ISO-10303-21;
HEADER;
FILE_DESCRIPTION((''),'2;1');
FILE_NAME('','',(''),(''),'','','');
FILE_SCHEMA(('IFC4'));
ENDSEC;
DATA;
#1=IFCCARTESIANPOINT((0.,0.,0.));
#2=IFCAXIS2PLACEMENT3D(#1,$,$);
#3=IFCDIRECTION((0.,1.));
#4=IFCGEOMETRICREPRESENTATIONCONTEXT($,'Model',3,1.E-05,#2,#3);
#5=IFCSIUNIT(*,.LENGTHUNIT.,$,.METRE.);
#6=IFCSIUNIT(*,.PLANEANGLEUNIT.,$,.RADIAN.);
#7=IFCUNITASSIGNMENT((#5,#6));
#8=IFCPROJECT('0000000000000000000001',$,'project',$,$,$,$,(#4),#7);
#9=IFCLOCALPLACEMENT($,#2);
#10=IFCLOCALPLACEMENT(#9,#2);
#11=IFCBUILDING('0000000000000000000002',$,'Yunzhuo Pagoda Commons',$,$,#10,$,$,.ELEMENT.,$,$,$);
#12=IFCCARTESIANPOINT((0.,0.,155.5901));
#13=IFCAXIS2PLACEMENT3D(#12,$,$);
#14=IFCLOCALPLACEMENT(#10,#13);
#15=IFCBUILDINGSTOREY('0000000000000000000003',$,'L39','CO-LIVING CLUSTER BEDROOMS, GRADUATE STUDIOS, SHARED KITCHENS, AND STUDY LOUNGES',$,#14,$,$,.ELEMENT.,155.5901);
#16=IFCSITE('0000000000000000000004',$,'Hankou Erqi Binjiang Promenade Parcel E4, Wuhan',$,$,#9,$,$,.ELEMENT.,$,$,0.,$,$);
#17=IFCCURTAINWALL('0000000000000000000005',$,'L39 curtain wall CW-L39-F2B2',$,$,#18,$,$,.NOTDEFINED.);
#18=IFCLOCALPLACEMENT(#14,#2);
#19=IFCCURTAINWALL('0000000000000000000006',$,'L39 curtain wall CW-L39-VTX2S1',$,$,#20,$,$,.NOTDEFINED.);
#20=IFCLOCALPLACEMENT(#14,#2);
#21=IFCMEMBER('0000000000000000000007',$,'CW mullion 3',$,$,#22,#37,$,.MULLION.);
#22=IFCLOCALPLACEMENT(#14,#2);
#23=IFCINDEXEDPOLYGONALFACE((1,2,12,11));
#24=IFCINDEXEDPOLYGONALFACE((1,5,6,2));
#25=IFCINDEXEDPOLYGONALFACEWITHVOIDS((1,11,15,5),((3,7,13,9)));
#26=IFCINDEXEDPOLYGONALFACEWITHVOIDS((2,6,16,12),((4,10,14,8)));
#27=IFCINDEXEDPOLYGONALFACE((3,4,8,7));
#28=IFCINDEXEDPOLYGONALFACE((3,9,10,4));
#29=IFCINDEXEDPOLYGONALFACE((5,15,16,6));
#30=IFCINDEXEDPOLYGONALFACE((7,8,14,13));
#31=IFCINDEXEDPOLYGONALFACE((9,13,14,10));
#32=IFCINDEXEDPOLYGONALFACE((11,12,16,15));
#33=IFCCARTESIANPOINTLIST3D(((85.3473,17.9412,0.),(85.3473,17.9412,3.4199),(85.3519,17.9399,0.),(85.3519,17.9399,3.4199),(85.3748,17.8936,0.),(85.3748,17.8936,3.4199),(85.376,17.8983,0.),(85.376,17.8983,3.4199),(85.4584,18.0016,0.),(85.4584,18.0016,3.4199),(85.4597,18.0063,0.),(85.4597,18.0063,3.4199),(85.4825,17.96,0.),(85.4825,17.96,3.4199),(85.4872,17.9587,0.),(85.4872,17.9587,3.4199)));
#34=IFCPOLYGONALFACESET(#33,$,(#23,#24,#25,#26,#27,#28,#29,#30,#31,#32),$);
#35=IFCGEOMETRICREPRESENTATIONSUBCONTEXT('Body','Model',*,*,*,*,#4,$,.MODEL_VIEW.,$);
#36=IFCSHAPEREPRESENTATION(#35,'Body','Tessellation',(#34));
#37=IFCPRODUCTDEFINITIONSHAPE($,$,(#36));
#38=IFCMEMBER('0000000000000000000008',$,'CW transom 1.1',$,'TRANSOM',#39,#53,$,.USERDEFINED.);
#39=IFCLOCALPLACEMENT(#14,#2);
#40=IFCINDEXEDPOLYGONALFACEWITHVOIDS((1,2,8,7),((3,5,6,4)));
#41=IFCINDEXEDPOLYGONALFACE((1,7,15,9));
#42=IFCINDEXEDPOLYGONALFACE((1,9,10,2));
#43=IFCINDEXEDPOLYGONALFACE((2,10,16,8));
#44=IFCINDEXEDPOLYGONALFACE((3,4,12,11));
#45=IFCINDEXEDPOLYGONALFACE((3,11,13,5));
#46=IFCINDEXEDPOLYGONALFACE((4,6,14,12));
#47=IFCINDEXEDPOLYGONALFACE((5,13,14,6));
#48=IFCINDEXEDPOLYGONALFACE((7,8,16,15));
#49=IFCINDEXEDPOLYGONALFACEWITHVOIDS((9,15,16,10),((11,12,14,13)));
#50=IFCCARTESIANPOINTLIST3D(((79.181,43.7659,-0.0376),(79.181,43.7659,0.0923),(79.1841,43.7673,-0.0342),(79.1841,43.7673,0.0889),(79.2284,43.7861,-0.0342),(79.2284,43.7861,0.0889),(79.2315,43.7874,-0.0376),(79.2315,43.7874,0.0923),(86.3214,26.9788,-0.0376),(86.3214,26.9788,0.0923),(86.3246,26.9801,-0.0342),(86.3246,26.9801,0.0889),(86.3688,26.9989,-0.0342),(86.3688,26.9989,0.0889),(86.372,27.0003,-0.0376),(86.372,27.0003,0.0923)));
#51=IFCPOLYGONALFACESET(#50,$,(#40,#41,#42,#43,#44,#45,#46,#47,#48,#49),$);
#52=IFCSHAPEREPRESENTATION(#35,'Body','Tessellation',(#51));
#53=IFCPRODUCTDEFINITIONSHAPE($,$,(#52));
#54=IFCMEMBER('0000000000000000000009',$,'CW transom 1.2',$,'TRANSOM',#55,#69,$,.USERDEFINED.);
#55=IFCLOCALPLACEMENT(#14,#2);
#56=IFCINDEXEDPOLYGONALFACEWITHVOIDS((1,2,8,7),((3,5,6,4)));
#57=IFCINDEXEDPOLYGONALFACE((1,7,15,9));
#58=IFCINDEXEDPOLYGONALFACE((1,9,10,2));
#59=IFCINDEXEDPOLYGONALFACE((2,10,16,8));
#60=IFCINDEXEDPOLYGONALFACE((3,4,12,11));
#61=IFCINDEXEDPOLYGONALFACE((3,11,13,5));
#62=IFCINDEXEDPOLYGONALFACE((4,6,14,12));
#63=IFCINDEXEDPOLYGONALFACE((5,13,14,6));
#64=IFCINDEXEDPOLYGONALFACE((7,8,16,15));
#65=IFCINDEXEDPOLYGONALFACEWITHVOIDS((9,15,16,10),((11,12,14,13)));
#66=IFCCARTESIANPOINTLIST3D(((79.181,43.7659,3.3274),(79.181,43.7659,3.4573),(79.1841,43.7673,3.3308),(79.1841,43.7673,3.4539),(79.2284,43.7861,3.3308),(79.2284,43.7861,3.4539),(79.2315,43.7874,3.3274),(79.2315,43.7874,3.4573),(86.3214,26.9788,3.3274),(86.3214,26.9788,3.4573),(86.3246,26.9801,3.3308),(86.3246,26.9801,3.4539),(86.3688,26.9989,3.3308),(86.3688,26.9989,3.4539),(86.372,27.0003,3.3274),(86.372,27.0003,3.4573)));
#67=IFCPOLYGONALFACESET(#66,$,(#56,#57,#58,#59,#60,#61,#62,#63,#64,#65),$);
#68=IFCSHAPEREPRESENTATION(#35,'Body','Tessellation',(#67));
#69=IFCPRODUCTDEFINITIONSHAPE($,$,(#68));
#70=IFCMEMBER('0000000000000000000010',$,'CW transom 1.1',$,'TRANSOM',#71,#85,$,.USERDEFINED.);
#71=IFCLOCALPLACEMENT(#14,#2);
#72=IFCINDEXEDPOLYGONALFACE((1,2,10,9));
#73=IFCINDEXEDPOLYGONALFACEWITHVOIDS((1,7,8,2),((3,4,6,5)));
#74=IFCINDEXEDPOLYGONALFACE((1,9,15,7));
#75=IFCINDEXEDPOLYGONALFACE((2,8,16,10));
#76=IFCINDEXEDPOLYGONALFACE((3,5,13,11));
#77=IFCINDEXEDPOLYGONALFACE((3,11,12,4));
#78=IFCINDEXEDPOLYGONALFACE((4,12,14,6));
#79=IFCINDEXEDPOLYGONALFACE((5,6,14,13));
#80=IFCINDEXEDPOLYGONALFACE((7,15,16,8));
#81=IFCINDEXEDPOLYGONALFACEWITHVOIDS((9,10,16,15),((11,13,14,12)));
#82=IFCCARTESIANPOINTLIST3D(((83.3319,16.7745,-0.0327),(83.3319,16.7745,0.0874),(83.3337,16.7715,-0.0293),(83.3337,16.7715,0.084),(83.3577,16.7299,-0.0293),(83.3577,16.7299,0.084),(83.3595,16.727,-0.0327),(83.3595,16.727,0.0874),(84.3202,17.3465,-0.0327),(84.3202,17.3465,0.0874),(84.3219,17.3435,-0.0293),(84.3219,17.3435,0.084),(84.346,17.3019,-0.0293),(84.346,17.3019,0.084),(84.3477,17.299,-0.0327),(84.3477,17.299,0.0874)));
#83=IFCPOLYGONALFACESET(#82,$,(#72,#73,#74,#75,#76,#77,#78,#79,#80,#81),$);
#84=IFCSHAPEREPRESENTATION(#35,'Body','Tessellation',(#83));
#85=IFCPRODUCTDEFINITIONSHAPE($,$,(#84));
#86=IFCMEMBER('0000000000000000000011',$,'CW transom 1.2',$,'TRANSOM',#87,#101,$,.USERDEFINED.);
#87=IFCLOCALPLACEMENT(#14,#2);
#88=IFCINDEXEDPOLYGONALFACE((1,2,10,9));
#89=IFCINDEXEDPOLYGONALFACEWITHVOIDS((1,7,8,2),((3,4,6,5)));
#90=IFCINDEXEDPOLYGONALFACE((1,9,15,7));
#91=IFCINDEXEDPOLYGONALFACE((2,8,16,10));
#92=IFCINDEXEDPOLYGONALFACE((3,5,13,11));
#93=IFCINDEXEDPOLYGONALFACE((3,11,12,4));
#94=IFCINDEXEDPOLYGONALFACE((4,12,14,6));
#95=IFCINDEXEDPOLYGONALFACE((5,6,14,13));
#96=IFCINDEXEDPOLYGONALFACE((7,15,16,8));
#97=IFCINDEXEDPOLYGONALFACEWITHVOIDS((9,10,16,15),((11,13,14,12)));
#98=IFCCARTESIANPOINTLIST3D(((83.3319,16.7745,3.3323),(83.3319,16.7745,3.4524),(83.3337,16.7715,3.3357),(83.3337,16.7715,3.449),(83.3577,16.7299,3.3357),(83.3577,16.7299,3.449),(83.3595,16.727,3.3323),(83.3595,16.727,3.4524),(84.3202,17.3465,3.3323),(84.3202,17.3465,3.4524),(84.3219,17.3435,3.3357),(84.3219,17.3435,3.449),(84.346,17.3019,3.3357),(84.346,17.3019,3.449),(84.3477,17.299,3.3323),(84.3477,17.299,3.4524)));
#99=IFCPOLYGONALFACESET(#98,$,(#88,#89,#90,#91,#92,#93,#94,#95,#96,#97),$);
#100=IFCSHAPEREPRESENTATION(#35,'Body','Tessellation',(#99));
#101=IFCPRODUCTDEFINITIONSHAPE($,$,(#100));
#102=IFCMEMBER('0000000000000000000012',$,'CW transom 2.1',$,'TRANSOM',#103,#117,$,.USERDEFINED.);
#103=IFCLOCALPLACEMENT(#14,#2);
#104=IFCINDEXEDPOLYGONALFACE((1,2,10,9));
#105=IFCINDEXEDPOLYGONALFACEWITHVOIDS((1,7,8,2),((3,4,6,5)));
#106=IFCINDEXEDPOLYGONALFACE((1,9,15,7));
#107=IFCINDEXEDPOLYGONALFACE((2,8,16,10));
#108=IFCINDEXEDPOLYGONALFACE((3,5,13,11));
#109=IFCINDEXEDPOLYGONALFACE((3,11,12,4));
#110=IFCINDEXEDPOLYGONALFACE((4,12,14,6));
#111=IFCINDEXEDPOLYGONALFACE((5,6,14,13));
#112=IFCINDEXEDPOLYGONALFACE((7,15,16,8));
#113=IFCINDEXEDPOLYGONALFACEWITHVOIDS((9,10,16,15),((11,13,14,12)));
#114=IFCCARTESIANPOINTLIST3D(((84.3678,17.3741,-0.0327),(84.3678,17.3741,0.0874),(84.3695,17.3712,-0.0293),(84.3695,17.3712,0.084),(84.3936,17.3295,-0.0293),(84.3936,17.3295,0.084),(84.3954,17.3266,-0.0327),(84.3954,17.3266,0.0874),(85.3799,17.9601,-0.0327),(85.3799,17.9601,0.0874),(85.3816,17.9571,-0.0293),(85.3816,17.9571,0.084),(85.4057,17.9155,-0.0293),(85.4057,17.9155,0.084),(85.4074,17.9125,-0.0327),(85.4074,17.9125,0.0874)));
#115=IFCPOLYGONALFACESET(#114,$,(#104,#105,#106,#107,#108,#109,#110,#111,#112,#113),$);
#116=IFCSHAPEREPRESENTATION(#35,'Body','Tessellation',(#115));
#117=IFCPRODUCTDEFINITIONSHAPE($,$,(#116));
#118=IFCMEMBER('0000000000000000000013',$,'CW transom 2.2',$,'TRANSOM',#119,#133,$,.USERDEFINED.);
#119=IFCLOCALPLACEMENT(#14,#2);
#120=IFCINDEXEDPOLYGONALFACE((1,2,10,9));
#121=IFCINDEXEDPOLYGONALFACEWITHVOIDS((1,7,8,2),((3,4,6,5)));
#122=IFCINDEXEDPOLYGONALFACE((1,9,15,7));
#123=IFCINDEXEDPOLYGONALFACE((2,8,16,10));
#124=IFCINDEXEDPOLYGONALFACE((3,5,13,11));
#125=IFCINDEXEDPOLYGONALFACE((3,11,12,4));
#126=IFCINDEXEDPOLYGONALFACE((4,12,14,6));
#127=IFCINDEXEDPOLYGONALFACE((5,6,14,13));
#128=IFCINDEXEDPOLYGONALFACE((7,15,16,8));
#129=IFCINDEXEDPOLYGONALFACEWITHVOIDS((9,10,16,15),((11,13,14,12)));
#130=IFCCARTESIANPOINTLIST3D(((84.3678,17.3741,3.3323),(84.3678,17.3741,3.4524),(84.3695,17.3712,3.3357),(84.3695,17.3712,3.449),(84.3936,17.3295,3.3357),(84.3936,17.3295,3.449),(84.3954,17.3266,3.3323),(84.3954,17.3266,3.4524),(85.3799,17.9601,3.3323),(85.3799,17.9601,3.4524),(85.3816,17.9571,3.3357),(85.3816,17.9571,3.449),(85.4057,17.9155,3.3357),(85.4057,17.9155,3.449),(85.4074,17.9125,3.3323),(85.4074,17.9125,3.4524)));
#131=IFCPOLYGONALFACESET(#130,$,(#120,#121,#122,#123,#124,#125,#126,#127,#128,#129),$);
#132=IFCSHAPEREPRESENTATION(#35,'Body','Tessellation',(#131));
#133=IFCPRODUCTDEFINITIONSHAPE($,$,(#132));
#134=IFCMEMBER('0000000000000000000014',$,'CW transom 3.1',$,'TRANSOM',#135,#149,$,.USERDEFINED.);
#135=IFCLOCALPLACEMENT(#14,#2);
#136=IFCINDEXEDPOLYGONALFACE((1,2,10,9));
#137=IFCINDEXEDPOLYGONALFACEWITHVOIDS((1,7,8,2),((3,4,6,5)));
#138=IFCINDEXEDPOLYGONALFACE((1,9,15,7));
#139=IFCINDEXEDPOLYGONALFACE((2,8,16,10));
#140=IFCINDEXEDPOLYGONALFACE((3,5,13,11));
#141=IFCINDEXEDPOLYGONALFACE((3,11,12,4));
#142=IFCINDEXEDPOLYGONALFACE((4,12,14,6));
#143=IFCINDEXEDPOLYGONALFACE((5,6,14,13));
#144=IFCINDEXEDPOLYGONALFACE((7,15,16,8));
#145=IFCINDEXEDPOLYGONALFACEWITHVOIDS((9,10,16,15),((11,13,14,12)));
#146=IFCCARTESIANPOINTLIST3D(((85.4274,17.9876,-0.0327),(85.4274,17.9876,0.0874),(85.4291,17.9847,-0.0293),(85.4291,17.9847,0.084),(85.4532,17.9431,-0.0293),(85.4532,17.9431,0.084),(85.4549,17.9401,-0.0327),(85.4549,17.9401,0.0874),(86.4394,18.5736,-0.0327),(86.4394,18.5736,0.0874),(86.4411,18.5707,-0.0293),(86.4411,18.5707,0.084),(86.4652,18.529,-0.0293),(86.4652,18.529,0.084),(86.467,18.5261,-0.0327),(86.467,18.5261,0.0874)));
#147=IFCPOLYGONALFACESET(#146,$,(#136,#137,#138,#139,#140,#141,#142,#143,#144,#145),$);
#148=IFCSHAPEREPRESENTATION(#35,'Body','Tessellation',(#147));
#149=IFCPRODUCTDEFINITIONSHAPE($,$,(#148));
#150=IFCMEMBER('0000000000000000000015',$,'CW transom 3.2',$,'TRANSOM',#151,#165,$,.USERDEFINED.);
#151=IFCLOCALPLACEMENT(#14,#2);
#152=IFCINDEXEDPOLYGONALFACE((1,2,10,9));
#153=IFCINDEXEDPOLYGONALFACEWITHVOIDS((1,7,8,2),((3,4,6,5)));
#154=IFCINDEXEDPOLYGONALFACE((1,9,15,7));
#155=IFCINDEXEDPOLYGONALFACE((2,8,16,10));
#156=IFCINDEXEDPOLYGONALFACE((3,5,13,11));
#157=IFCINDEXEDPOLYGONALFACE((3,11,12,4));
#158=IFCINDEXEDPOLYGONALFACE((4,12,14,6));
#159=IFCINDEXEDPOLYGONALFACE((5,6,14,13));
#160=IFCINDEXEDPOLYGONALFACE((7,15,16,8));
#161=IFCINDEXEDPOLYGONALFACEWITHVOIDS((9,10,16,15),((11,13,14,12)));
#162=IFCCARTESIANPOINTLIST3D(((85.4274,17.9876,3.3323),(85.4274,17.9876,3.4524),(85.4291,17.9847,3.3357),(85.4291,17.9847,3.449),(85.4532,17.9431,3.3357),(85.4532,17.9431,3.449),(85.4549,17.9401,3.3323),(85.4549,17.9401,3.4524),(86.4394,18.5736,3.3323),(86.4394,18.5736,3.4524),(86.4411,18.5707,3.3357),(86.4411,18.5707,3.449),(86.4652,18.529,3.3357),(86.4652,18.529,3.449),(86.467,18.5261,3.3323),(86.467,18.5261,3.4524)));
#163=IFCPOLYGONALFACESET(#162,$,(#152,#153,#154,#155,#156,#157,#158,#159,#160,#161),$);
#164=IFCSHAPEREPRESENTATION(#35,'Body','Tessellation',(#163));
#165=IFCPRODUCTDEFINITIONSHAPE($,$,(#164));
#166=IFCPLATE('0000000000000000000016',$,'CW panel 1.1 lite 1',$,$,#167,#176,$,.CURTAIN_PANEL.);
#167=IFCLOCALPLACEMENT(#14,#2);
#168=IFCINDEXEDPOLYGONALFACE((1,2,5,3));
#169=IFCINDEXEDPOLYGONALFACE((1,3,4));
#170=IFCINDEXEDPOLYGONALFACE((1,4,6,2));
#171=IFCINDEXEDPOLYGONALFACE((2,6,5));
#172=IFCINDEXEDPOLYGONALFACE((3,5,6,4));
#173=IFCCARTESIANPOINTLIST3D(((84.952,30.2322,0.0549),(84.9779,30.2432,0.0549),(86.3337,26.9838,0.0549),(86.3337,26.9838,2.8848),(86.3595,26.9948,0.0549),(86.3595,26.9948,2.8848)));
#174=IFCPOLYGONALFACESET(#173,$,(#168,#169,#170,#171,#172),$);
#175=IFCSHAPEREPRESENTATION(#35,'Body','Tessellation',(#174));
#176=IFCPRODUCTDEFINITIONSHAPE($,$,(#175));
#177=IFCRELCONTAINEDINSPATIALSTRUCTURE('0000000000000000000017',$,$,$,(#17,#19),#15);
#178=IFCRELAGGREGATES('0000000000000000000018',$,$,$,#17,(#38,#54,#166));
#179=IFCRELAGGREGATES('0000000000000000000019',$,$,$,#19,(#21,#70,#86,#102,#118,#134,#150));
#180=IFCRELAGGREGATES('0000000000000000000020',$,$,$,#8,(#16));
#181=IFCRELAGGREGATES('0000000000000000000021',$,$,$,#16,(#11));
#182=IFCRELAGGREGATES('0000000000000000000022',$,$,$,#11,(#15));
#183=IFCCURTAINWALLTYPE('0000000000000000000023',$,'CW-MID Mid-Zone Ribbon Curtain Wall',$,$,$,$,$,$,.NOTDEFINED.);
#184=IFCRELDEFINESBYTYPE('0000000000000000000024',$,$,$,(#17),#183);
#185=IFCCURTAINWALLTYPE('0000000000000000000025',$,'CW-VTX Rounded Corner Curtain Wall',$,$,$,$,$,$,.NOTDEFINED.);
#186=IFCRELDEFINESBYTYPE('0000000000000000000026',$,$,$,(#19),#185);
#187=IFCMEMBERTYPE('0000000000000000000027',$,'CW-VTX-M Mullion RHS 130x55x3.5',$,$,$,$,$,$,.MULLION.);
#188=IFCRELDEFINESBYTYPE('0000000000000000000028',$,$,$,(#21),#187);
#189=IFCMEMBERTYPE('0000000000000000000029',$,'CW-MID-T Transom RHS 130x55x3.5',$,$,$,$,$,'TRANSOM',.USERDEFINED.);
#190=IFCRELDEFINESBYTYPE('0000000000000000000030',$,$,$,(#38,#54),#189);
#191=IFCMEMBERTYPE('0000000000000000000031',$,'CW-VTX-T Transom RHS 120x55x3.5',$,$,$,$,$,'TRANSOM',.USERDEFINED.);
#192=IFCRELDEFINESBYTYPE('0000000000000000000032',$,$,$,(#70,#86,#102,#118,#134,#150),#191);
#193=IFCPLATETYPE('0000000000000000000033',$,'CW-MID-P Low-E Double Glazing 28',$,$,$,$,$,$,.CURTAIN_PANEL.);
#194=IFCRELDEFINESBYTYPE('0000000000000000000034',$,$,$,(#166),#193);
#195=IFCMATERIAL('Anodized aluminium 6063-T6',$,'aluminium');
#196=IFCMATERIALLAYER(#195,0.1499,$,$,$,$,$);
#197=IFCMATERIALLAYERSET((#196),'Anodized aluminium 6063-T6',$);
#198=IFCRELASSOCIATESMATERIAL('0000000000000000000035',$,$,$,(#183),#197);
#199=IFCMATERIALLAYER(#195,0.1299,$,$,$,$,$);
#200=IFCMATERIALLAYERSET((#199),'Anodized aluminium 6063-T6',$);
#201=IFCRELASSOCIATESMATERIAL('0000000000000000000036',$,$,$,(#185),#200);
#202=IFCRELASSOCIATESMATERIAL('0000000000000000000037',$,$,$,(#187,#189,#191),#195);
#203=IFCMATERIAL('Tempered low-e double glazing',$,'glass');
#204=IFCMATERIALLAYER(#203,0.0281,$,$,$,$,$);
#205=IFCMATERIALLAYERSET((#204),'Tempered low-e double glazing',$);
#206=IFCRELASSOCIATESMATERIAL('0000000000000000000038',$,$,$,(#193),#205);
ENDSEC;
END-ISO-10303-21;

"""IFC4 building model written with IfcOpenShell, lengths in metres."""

from ifc_helpers import new_model, si_unit, direction, frame, origin, origin_2d, place, context, subcontext, project, spatial, polyline, hollow_rectangle, outline, extrude, source, transform, mapped, material, layer, layer_set, material_profile, profile_set, type_object, element, aggregate, save


model = new_model("IFC4")

# Units and contexts
model_context = context("Model", 3, precision=1e-05, world=origin(), true_north=direction((0.0, 1.0)))
body_context = subcontext(model_context, "Body", "Model", "MODEL_VIEW")
ifc_project = project(units=[si_unit("LENGTHUNIT", "METRE"), si_unit("PLANEANGLEUNIT", "RADIAN")], contexts=[model_context])

# Site, building, storey
site_placement = place(None, origin())
site = spatial("IfcSite", under=ifc_project, at=site_placement, Name="Hankou Erqi Binjiang Promenade Parcel E4, Wuhan", CompositionType="ELEMENT", RefElevation=0.0)
building_placement = place(site_placement, origin())
building = spatial("IfcBuilding", under=site, at=building_placement, Name="Yunzhuo Pagoda Commons", CompositionType="ELEMENT")
storey_placement = place(building_placement, frame((0.0, 0.0, 155.5901)))
storey = spatial("IfcBuildingStorey", under=building, at=storey_placement, Name="L39", Description="CO-LIVING CLUSTER BEDROOMS, GRADUATE STUDIOS, SHARED KITCHENS, AND STUDY LOUNGES", CompositionType="ELEMENT", Elevation=155.5901)

# Curtain wall
ifc_material_1 = material(Name="Anodized aluminium 6063-T6", Category="aluminium")
ifc_layer_1 = layer(ifc_material_1, 0.1499)
ifc_layer_set_1 = layer_set([ifc_layer_1], Name="Anodized aluminium 6063-T6")
curtain_wall_type_1 = type_object("IfcCurtainWallType", Name="CW-MID Mid-Zone Ribbon Curtain Wall", PredefinedType="NOTDEFINED", material=ifc_layer_set_1)
curtain_wall_1_placement = place(storey_placement, origin())
curtain_wall_1 = element("IfcCurtainWall", 1, at=curtain_wall_1_placement, inside=storey, type_object=curtain_wall_type_1, Name="L39 curtain wall CW-L39-F2B2", PredefinedType="NOTDEFINED")

# Curtain wall, member
ifc_layer_2 = layer(ifc_material_1, 0.1299)
ifc_layer_set_2 = layer_set([ifc_layer_2], Name="Anodized aluminium 6063-T6")
curtain_wall_type_2 = type_object("IfcCurtainWallType", Name="CW-VTX Rounded Corner Curtain Wall", PredefinedType="NOTDEFINED", material=ifc_layer_set_2)
curtain_wall_2_placement = place(storey_placement, origin())
curtain_wall_2 = element("IfcCurtainWall", 2, at=curtain_wall_2_placement, inside=storey, type_object=curtain_wall_type_2, Name="L39 curtain wall CW-L39-VTX2S1", PredefinedType="NOTDEFINED")
ifc_material_profile_1 = material_profile(ifc_material_1, hollow_rectangle(XDim=0.0549, YDim=0.1299, WallThickness=0.0034, at=origin_2d()), Name="Anodized aluminium 6063-T6")
ifc_profile_set_1 = profile_set([ifc_material_profile_1], Name="Anodized aluminium 6063-T6")
member_type_1 = type_object("IfcMemberType", Name="CW-VTX-M Mullion RHS 130x55x3.5", PredefinedType="MULLION", material=ifc_profile_set_1)
shared_shape_1 = source(origin(), body_context, "Body", "SweptSolid", [
    extrude(hollow_rectangle(XDim=0.0549, YDim=0.1299, WallThickness=0.0034, at=origin_2d()), origin(), (0.0, 0.0, 1.0), 3.4199),
])
member_1_placement = place(storey_placement, frame((85.4172, 17.95, 0.0), z_axis=(0.0, 0.0, 1.0), x_axis=(-0.501035, 0.865427, 0.0)))
member_1 = element("IfcMember", 3, at=member_1_placement, type_object=member_type_1, Name="CW mullion 3", PredefinedType="MULLION", context=body_context, shape_type="MappedRepresentation", body=[
    mapped(shared_shape_1, transform((0.0, 0.0, 0.0), scale=1.0)),
])

# Members
ifc_material_profile_2 = material_profile(ifc_material_1, hollow_rectangle(XDim=0.0549, YDim=0.1299, WallThickness=0.0034, at=origin_2d()), Name="Anodized aluminium 6063-T6")
ifc_profile_set_2 = profile_set([ifc_material_profile_2], Name="Anodized aluminium 6063-T6")
member_type_2 = type_object("IfcMemberType", Name="CW-MID-T Transom RHS 130x55x3.5", ElementType="TRANSOM", PredefinedType="USERDEFINED", material=ifc_profile_set_2)
shared_shape_2 = source(origin(), body_context, "Body", "SweptSolid", [
    extrude(hollow_rectangle(XDim=0.0549, YDim=0.1299, WallThickness=0.0034, at=origin_2d()), origin(), (0.0, 0.0, 1.0), 18.2427),
])
member_2_placement = place(storey_placement, frame((86.3467, 26.9895, 0.0273), z_axis=(-0.391413, 0.920215, 0.0), x_axis=(-0.920215, -0.391413, 0.0)))
member_2 = element("IfcMember", 4, at=member_2_placement, type_object=member_type_2, Name="CW transom 1.1", ObjectType="TRANSOM", PredefinedType="USERDEFINED", context=body_context, shape_type="MappedRepresentation", body=[
    mapped(shared_shape_2, transform((0.0, 0.0, 0.0), scale=1.0)),
])
member_3_placement = place(storey_placement, frame((86.3467, 26.9895, 3.3923), z_axis=(-0.391413, 0.920215, 0.0), x_axis=(-0.920215, -0.391413, 0.0)))
member_3 = element("IfcMember", 5, at=member_3_placement, type_object=member_type_2, Name="CW transom 1.2", ObjectType="TRANSOM", PredefinedType="USERDEFINED", context=body_context, shape_type="MappedRepresentation", body=[
    mapped(shared_shape_2, transform((0.0, 0.0, 0.0), scale=1.0)),
])
ifc_material_profile_3 = material_profile(ifc_material_1, hollow_rectangle(XDim=0.0549, YDim=0.1201, WallThickness=0.0034, at=origin_2d()), Name="Anodized aluminium 6063-T6")
ifc_profile_set_3 = profile_set([ifc_material_profile_3], Name="Anodized aluminium 6063-T6")
member_type_3 = type_object("IfcMemberType", Name="CW-VTX-T Transom RHS 120x55x3.5", ElementType="TRANSOM", PredefinedType="USERDEFINED", material=ifc_profile_set_3)
shared_shape_3 = source(origin(), body_context, "Body", "SweptSolid", [
    extrude(hollow_rectangle(XDim=0.0549, YDim=0.1201, WallThickness=0.0034, at=origin_2d()), origin(), (0.0, 0.0, 1.0), 1.1418),
])
member_4_placement = place(storey_placement, frame((83.3457, 16.7507, 0.0273), z_axis=(0.86548, 0.500944, 0.0), x_axis=(-0.500944, 0.86548, 0.0)))
member_4 = element("IfcMember", 6, at=member_4_placement, type_object=member_type_3, Name="CW transom 1.1", ObjectType="TRANSOM", PredefinedType="USERDEFINED", context=body_context, shape_type="MappedRepresentation", body=[
    mapped(shared_shape_3, transform((0.0, 0.0, 0.0), scale=1.0)),
])
member_5_placement = place(storey_placement, frame((83.3457, 16.7507, 3.3923), z_axis=(0.86548, 0.500944, 0.0), x_axis=(-0.500944, 0.86548, 0.0)))
member_5 = element("IfcMember", 7, at=member_5_placement, type_object=member_type_3, Name="CW transom 1.2", ObjectType="TRANSOM", PredefinedType="USERDEFINED", context=body_context, shape_type="MappedRepresentation", body=[
    mapped(shared_shape_3, transform((0.0, 0.0, 0.0), scale=1.0)),
])
shared_shape_4 = source(origin(), body_context, "Body", "SweptSolid", [
    extrude(hollow_rectangle(XDim=0.0549, YDim=0.1201, WallThickness=0.0034, at=origin_2d()), origin(), (0.0, 0.0, 1.0), 1.1694),
])
member_6_placement = place(storey_placement, frame((84.3816, 17.3503, 0.0273), z_axis=(0.865402, 0.501077, 0.0), x_axis=(-0.501077, 0.865402, 0.0)))
member_6 = element("IfcMember", 8, at=member_6_placement, type_object=member_type_3, Name="CW transom 2.1", ObjectType="TRANSOM", PredefinedType="USERDEFINED", context=body_context, shape_type="MappedRepresentation", body=[
    mapped(shared_shape_4, transform((0.0, 0.0, 0.0), scale=1.0)),
])
member_7_placement = place(storey_placement, frame((84.3816, 17.3503, 3.3923), z_axis=(0.865402, 0.501077, 0.0), x_axis=(-0.501077, 0.865402, 0.0)))
member_7 = element("IfcMember", 9, at=member_7_placement, type_object=member_type_3, Name="CW transom 2.2", ObjectType="TRANSOM", PredefinedType="USERDEFINED", context=body_context, shape_type="MappedRepresentation", body=[
    mapped(shared_shape_4, transform((0.0, 0.0, 0.0), scale=1.0)),
])
member_8_placement = place(storey_placement, frame((85.4412, 17.9639, 0.0273), z_axis=(0.865402, 0.501077, 0.0), x_axis=(-0.501077, 0.865402, 0.0)))
member_8 = element("IfcMember", 10, at=member_8_placement, type_object=member_type_3, Name="CW transom 3.1", ObjectType="TRANSOM", PredefinedType="USERDEFINED", context=body_context, shape_type="MappedRepresentation", body=[
    mapped(shared_shape_4, transform((0.0, 0.0, 0.0), scale=1.0)),
])
member_9_placement = place(storey_placement, frame((85.4412, 17.9639, 3.3923), z_axis=(0.865402, 0.501077, 0.0), x_axis=(-0.501077, 0.865402, 0.0)))
member_9 = element("IfcMember", 11, at=member_9_placement, type_object=member_type_3, Name="CW transom 3.2", ObjectType="TRANSOM", PredefinedType="USERDEFINED", context=body_context, shape_type="MappedRepresentation", body=[
    mapped(shared_shape_4, transform((0.0, 0.0, 0.0), scale=1.0)),
])

# Plate
ifc_material_2 = material(Name="Tempered low-e double glazing", Category="glass")
ifc_layer_3 = layer(ifc_material_2, 0.0281)
ifc_layer_set_3 = layer_set([ifc_layer_3], Name="Tempered low-e double glazing")
plate_type_1 = type_object("IfcPlateType", Name="CW-MID-P Low-E Double Glazing 28", PredefinedType="CURTAIN_PANEL", material=ifc_layer_set_3)
plate_1_placement = place(storey_placement, frame((85.6428, 28.6082, 1.47), z_axis=(0.920217, 0.391409, 0.0), x_axis=(-0.391409, 0.920217, 0.0)))
plate_1 = element("IfcPlate", 12, at=plate_1_placement, type_object=plate_type_1, Name="CW panel 1.1 lite 1", PredefinedType="CURTAIN_PANEL", context=body_context, shape_type="SweptSolid", body=[
    extrude(outline(polyline([(-1.7651, -1.415), (1.7649, -1.415), (-1.7651, 1.4148), (-1.7651, -1.415)])), origin(), (0.0, 0.0, 1.0), 0.0281),
])
aggregate(curtain_wall_1, [member_2, member_3, plate_1])
aggregate(curtain_wall_2, [member_1, member_4, member_5, member_6, member_7, member_8, member_9])

save(model, "model.ifc")
